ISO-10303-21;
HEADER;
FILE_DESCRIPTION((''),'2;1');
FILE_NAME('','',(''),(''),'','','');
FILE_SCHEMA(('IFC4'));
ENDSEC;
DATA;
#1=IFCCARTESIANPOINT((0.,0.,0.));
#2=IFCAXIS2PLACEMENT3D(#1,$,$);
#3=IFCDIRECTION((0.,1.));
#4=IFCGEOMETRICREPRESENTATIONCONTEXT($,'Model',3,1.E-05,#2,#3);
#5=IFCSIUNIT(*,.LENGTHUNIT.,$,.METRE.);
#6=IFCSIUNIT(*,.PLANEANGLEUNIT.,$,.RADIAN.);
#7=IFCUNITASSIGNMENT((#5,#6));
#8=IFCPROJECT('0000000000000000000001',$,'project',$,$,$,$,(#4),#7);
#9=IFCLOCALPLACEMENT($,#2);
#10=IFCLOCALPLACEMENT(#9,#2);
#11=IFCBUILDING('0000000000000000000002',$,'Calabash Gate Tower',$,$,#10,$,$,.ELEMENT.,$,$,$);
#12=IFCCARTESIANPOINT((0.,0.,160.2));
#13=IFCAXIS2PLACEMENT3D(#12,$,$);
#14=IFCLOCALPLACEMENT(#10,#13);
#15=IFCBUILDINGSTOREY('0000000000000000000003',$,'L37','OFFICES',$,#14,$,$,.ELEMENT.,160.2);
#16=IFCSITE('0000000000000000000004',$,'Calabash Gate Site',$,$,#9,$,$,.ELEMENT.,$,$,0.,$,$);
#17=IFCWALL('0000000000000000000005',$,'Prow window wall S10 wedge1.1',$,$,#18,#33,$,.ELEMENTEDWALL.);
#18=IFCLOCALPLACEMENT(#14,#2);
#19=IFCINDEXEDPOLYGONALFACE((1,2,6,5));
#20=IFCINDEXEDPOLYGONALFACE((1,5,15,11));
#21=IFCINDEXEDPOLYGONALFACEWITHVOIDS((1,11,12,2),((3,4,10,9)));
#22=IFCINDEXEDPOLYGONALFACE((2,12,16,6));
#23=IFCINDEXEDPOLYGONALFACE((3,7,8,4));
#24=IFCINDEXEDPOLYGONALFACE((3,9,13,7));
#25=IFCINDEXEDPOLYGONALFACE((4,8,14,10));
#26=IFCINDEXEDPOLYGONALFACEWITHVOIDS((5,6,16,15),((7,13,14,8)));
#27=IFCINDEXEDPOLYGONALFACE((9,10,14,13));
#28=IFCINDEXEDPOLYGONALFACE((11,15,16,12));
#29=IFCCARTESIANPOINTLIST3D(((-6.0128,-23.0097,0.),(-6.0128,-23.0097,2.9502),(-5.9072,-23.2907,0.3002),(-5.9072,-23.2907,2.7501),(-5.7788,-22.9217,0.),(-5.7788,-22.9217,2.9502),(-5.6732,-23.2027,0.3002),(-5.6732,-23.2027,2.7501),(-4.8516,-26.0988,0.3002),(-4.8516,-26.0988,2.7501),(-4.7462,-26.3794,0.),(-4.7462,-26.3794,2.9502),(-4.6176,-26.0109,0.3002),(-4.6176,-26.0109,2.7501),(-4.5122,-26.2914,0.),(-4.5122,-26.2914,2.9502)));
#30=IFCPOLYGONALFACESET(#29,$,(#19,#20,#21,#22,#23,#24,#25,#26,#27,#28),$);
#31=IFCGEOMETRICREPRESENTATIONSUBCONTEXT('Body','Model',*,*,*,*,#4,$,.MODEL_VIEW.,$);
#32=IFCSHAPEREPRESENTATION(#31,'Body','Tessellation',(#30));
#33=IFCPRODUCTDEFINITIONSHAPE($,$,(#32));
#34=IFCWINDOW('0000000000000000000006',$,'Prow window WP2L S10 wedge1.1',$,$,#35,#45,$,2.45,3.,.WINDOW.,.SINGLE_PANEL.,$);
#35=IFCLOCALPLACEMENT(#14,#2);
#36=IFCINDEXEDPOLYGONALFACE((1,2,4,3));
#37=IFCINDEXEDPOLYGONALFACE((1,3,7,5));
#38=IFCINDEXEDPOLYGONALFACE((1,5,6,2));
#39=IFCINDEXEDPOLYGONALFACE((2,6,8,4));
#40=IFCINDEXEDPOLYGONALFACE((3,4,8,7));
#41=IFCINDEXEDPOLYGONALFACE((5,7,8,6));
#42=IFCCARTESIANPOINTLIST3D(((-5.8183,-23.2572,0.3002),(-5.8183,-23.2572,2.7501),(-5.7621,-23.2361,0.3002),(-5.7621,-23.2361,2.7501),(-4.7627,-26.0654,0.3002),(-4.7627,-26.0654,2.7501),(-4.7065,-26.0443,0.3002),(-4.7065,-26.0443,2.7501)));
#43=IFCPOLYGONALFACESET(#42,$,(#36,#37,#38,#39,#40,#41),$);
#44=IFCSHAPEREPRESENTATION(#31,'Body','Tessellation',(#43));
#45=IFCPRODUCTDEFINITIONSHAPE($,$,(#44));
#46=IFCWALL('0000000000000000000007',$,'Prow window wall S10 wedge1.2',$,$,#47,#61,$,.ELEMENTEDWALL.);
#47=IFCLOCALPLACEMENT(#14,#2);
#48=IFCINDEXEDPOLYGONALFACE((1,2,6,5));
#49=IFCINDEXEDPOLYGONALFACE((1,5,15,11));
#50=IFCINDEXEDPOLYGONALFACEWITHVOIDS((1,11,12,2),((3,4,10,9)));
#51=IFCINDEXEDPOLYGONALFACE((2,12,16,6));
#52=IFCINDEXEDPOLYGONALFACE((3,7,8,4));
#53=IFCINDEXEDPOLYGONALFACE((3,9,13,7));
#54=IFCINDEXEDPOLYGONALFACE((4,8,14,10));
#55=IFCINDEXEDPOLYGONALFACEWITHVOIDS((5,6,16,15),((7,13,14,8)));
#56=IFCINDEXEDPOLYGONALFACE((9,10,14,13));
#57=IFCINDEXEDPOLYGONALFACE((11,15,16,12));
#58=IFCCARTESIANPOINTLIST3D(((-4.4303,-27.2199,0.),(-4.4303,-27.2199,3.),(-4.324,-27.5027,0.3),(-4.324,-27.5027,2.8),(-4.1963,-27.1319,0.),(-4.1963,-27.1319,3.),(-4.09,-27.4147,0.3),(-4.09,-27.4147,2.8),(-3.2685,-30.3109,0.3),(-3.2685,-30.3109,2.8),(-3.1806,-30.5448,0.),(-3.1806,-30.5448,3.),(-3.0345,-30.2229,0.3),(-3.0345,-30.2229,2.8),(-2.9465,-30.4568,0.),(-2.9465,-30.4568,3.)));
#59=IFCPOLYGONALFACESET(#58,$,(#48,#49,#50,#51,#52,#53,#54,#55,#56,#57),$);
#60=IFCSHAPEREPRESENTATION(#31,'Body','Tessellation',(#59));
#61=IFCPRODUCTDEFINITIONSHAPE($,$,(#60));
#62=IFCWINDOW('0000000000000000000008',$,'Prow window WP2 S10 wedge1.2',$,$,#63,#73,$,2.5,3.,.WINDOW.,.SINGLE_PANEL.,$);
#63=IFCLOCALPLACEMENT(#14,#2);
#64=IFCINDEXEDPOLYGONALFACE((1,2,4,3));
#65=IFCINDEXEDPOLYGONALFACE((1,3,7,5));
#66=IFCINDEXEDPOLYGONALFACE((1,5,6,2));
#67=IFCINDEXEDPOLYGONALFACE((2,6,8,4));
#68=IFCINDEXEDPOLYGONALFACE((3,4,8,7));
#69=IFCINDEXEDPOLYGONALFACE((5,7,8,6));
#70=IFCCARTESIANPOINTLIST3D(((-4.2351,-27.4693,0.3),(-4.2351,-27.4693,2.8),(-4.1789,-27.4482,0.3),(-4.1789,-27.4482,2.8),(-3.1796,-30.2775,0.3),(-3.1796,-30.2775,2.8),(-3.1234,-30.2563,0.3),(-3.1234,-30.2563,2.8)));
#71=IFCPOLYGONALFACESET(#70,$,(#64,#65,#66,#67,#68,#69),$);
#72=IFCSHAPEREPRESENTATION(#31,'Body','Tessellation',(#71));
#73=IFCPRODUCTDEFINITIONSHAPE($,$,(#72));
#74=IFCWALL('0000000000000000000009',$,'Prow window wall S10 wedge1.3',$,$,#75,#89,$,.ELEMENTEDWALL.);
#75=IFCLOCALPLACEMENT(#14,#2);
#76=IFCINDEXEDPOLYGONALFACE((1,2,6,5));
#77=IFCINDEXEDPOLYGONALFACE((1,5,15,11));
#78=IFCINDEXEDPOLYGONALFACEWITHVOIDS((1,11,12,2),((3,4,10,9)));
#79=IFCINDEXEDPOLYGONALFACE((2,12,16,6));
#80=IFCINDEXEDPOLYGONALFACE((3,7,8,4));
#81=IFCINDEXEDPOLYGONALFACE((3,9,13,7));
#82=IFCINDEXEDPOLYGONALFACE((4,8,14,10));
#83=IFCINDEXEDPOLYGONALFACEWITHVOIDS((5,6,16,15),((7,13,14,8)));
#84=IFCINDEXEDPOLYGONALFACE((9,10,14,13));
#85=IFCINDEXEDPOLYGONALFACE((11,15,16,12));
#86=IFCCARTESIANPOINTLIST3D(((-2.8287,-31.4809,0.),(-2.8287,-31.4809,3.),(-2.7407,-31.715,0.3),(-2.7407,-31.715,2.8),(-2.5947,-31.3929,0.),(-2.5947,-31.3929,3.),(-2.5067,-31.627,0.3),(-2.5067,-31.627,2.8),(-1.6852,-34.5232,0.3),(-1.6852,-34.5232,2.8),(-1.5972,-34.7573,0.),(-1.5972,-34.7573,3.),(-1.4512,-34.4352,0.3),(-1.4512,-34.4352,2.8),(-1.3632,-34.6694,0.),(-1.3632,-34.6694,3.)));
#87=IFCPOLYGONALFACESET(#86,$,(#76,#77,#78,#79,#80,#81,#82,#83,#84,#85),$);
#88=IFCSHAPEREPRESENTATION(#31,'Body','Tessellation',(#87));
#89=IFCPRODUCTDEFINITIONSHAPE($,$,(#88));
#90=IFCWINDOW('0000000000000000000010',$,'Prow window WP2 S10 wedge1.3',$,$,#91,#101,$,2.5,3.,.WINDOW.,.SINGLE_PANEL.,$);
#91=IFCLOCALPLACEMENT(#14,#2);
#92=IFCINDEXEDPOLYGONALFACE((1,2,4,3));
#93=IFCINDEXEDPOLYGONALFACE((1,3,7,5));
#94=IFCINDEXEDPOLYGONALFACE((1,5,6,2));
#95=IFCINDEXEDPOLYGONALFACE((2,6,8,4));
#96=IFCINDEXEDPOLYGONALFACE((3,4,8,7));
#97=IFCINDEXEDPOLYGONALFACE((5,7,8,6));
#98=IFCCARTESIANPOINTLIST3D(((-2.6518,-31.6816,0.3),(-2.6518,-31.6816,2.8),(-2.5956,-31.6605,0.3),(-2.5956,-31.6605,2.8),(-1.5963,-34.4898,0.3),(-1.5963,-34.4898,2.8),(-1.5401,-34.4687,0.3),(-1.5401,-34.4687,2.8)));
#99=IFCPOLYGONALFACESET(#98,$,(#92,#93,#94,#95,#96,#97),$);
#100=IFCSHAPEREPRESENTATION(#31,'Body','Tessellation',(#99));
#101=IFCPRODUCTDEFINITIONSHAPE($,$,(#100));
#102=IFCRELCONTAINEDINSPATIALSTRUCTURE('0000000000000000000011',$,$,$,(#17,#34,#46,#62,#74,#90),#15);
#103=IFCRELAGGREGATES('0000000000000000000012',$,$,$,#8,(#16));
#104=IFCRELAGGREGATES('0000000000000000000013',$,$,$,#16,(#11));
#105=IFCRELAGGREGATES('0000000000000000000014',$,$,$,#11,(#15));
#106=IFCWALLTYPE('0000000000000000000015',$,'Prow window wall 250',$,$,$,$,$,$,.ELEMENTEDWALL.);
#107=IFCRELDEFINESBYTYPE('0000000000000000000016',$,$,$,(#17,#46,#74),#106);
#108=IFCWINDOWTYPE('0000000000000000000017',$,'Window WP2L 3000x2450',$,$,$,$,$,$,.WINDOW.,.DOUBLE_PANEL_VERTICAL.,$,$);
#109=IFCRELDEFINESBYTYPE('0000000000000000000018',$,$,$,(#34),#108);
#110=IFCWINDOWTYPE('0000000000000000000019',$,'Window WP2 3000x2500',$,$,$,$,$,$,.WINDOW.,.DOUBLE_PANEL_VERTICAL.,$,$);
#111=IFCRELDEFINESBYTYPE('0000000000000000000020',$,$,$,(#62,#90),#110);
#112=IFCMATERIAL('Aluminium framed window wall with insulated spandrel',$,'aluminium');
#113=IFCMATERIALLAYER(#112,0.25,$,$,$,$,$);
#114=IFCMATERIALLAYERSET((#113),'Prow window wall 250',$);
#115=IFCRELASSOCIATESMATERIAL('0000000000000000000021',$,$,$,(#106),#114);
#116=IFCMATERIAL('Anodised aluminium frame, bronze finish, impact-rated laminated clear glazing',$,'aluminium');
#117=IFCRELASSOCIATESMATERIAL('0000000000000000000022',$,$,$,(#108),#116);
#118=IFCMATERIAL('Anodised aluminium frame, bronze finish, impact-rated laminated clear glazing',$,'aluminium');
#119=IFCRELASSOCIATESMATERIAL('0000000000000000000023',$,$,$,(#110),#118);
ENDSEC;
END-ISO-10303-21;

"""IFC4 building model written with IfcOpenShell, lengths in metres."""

from ifc_helpers import new_model, si_unit, direction, frame, frame_2d, origin, place, context, subcontext, project, spatial, rectangle, extrude, material, layer, layer_set, type_object, element, fill, save


model = new_model("IFC4")

# Units and contexts
model_context = context("Model", 3, precision=1e-05, world=origin(), true_north=direction((0.0, 1.0)))
body_context = subcontext(model_context, "Body", "Model", "MODEL_VIEW")
ifc_project = project(units=[si_unit("LENGTHUNIT", "METRE"), si_unit("PLANEANGLEUNIT", "RADIAN")], contexts=[model_context])

# Site, building, storey
site_placement = place(None, origin())
site = spatial("IfcSite", under=ifc_project, at=site_placement, Name="Calabash Gate Site", CompositionType="ELEMENT", RefElevation=0.0)
building_placement = place(site_placement, origin())
building = spatial("IfcBuilding", under=site, at=building_placement, Name="Calabash Gate Tower", CompositionType="ELEMENT")
storey_placement = place(building_placement, frame((0.0, 0.0, 160.2)))
storey = spatial("IfcBuildingStorey", under=building, at=storey_placement, Name="L37", Description="OFFICES", CompositionType="ELEMENT", Elevation=160.2)

# Walls, openings, windows
ifc_material_1 = material(Name="Aluminium framed window wall with insulated spandrel", Category="aluminium")
ifc_layer_1 = layer(ifc_material_1, 0.25)
ifc_layer_set_1 = layer_set([ifc_layer_1], Name="Prow window wall 250")
wall_type_1 = type_object("IfcWallType", Name="Prow window wall 250", PredefinedType="ELEMENTEDWALL", material=ifc_layer_set_1)
wall_1_placement = place(storey_placement, frame((-5.8958, -22.9658, 0.0), z_axis=(0.0, 0.0, 1.0), x_axis=(0.351852, -0.936056, 0.0)))
wall_1 = element("IfcWall", 1, at=wall_1_placement, inside=storey, type_object=wall_type_1, Name="Prow window wall S10 wedge1.1", PredefinedType="ELEMENTEDWALL", context=body_context, shape_type="SweptSolid", body=[
    extrude(rectangle(XDim=3.5999, YDim=0.25, at=frame_2d((1.7998, 0.0))), origin(), (0.0, 0.0, 1.0), 2.9502),
])
opening_1_placement = place(wall_1_placement, frame((0.3, 0.0, 0.3)))
opening_1 = element("IfcOpeningElement", 2, at=opening_1_placement, cuts=wall_1, PredefinedType="OPENING", context=body_context, shape_type="SweptSolid", body=[
    extrude(rectangle(XDim=3.0, YDim=2.45, at=frame_2d((1.5, 1.2251))), frame((0.0, 0.135, 0.0), z_axis=(0.0, -1.0, 0.0), x_axis=(1.0, 0.0, 0.0)), (0.0, 0.0, 1.0), 0.27),
])
ifc_material_2 = material(Name="Anodised aluminium frame, bronze finish, impact-rated laminated clear glazing", Category="aluminium")
window_type_1 = type_object("IfcWindowType", Name="Window WP2L 3000x2450", PartitioningType="DOUBLE_PANEL_VERTICAL", PredefinedType="WINDOW", material=ifc_material_2)
window_1_placement = place(opening_1_placement, origin())
window_1 = element("IfcWindow", 3, at=window_1_placement, inside=storey, type_object=window_type_1, Name="Prow window WP2L S10 wedge1.1", OverallHeight=2.45, OverallWidth=3.0, PartitioningType="SINGLE_PANEL", PredefinedType="WINDOW", context=body_context, shape_type="SweptSolid", body=[
    extrude(rectangle(XDim=3.0, YDim=2.45, at=frame_2d((1.5, 1.2251))), frame((0.0, 0.03, 0.0), z_axis=(0.0, -1.0, 0.0), x_axis=(1.0, 0.0, 0.0)), (0.0, 0.0, 1.0), 0.0601),
])
fill(opening_1, window_1)
wall_2_placement = place(storey_placement, frame((-4.3132, -27.176, 0.0), z_axis=(0.0, 0.0, 1.0), x_axis=(0.351839, -0.936061, 0.0)))
wall_2 = element("IfcWall", 4, at=wall_2_placement, inside=storey, type_object=wall_type_1, Name="Prow window wall S10 wedge1.2", PredefinedType="ELEMENTEDWALL", context=body_context, shape_type="SweptSolid", body=[
    extrude(rectangle(XDim=3.552, YDim=0.25, at=frame_2d((1.7759, 0.0))), origin(), (0.0, 0.0, 1.0), 3.0),
])
opening_2_placement = place(wall_2_placement, frame((0.302, 0.0, 0.3)))
opening_2 = element("IfcOpeningElement", 5, at=opening_2_placement, cuts=wall_2, PredefinedType="OPENING", context=body_context, shape_type="SweptSolid", body=[
    extrude(rectangle(XDim=3.0, YDim=2.5, at=frame_2d((1.5, 1.25))), frame((0.0, 0.135, 0.0), z_axis=(0.0, -1.0, 0.0), x_axis=(1.0, 0.0, 0.0)), (0.0, 0.0, 1.0), 0.27),
])
ifc_material_3 = material(Name="Anodised aluminium frame, bronze finish, impact-rated laminated clear glazing", Category="aluminium")
window_type_2 = type_object("IfcWindowType", Name="Window WP2 3000x2500", PartitioningType="DOUBLE_PANEL_VERTICAL", PredefinedType="WINDOW", material=ifc_material_3)
window_2_placement = place(opening_2_placement, origin())
window_2 = element("IfcWindow", 6, at=window_2_placement, inside=storey, type_object=window_type_2, Name="Prow window WP2 S10 wedge1.2", OverallHeight=2.5, OverallWidth=3.0, PartitioningType="SINGLE_PANEL", PredefinedType="WINDOW", context=body_context, shape_type="SweptSolid", body=[
    extrude(rectangle(XDim=3.0, YDim=2.5, at=frame_2d((1.5, 1.25))), frame((0.0, 0.03, 0.0), z_axis=(0.0, -1.0, 0.0), x_axis=(1.0, 0.0, 0.0)), (0.0, 0.0, 1.0), 0.0601),
])
fill(opening_2, window_2)
wall_3_placement = place(storey_placement, frame((-2.7117, -31.437, 0.0), z_axis=(0.0, 0.0, 1.0), x_axis=(0.351827, -0.936065, 0.0)))
wall_3 = element("IfcWall", 7, at=wall_3_placement, inside=storey, type_object=wall_type_1, Name="Prow window wall S10 wedge1.3", PredefinedType="ELEMENTEDWALL", context=body_context, shape_type="SweptSolid", body=[
    extrude(rectangle(XDim=3.5002, YDim=0.25, at=frame_2d((1.75, 0.0))), origin(), (0.0, 0.0, 1.0), 3.0),
])
opening_3_placement = place(wall_3_placement, frame((0.25, 0.0, 0.3)))
opening_3 = element("IfcOpeningElement", 8, at=opening_3_placement, cuts=wall_3, PredefinedType="OPENING", context=body_context, shape_type="SweptSolid", body=[
    extrude(rectangle(XDim=3.0, YDim=2.5, at=frame_2d((1.5, 1.25))), frame((0.0, 0.135, 0.0), z_axis=(0.0, -1.0, 0.0), x_axis=(1.0, 0.0, 0.0)), (0.0, 0.0, 1.0), 0.27),
])
window_3_placement = place(opening_3_placement, origin())
window_3 = element("IfcWindow", 9, at=window_3_placement, inside=storey, type_object=window_type_2, Name="Prow window WP2 S10 wedge1.3", OverallHeight=2.5, OverallWidth=3.0, PartitioningType="SINGLE_PANEL", PredefinedType="WINDOW", context=body_context, shape_type="SweptSolid", body=[
    extrude(rectangle(XDim=3.0, YDim=2.5, at=frame_2d((1.5, 1.25))), frame((0.0, 0.03, 0.0), z_axis=(0.0, -1.0, 0.0), x_axis=(1.0, 0.0, 0.0)), (0.0, 0.0, 1.0), 0.0601),
])
fill(opening_3, window_3)

save(model, "model.ifc")
